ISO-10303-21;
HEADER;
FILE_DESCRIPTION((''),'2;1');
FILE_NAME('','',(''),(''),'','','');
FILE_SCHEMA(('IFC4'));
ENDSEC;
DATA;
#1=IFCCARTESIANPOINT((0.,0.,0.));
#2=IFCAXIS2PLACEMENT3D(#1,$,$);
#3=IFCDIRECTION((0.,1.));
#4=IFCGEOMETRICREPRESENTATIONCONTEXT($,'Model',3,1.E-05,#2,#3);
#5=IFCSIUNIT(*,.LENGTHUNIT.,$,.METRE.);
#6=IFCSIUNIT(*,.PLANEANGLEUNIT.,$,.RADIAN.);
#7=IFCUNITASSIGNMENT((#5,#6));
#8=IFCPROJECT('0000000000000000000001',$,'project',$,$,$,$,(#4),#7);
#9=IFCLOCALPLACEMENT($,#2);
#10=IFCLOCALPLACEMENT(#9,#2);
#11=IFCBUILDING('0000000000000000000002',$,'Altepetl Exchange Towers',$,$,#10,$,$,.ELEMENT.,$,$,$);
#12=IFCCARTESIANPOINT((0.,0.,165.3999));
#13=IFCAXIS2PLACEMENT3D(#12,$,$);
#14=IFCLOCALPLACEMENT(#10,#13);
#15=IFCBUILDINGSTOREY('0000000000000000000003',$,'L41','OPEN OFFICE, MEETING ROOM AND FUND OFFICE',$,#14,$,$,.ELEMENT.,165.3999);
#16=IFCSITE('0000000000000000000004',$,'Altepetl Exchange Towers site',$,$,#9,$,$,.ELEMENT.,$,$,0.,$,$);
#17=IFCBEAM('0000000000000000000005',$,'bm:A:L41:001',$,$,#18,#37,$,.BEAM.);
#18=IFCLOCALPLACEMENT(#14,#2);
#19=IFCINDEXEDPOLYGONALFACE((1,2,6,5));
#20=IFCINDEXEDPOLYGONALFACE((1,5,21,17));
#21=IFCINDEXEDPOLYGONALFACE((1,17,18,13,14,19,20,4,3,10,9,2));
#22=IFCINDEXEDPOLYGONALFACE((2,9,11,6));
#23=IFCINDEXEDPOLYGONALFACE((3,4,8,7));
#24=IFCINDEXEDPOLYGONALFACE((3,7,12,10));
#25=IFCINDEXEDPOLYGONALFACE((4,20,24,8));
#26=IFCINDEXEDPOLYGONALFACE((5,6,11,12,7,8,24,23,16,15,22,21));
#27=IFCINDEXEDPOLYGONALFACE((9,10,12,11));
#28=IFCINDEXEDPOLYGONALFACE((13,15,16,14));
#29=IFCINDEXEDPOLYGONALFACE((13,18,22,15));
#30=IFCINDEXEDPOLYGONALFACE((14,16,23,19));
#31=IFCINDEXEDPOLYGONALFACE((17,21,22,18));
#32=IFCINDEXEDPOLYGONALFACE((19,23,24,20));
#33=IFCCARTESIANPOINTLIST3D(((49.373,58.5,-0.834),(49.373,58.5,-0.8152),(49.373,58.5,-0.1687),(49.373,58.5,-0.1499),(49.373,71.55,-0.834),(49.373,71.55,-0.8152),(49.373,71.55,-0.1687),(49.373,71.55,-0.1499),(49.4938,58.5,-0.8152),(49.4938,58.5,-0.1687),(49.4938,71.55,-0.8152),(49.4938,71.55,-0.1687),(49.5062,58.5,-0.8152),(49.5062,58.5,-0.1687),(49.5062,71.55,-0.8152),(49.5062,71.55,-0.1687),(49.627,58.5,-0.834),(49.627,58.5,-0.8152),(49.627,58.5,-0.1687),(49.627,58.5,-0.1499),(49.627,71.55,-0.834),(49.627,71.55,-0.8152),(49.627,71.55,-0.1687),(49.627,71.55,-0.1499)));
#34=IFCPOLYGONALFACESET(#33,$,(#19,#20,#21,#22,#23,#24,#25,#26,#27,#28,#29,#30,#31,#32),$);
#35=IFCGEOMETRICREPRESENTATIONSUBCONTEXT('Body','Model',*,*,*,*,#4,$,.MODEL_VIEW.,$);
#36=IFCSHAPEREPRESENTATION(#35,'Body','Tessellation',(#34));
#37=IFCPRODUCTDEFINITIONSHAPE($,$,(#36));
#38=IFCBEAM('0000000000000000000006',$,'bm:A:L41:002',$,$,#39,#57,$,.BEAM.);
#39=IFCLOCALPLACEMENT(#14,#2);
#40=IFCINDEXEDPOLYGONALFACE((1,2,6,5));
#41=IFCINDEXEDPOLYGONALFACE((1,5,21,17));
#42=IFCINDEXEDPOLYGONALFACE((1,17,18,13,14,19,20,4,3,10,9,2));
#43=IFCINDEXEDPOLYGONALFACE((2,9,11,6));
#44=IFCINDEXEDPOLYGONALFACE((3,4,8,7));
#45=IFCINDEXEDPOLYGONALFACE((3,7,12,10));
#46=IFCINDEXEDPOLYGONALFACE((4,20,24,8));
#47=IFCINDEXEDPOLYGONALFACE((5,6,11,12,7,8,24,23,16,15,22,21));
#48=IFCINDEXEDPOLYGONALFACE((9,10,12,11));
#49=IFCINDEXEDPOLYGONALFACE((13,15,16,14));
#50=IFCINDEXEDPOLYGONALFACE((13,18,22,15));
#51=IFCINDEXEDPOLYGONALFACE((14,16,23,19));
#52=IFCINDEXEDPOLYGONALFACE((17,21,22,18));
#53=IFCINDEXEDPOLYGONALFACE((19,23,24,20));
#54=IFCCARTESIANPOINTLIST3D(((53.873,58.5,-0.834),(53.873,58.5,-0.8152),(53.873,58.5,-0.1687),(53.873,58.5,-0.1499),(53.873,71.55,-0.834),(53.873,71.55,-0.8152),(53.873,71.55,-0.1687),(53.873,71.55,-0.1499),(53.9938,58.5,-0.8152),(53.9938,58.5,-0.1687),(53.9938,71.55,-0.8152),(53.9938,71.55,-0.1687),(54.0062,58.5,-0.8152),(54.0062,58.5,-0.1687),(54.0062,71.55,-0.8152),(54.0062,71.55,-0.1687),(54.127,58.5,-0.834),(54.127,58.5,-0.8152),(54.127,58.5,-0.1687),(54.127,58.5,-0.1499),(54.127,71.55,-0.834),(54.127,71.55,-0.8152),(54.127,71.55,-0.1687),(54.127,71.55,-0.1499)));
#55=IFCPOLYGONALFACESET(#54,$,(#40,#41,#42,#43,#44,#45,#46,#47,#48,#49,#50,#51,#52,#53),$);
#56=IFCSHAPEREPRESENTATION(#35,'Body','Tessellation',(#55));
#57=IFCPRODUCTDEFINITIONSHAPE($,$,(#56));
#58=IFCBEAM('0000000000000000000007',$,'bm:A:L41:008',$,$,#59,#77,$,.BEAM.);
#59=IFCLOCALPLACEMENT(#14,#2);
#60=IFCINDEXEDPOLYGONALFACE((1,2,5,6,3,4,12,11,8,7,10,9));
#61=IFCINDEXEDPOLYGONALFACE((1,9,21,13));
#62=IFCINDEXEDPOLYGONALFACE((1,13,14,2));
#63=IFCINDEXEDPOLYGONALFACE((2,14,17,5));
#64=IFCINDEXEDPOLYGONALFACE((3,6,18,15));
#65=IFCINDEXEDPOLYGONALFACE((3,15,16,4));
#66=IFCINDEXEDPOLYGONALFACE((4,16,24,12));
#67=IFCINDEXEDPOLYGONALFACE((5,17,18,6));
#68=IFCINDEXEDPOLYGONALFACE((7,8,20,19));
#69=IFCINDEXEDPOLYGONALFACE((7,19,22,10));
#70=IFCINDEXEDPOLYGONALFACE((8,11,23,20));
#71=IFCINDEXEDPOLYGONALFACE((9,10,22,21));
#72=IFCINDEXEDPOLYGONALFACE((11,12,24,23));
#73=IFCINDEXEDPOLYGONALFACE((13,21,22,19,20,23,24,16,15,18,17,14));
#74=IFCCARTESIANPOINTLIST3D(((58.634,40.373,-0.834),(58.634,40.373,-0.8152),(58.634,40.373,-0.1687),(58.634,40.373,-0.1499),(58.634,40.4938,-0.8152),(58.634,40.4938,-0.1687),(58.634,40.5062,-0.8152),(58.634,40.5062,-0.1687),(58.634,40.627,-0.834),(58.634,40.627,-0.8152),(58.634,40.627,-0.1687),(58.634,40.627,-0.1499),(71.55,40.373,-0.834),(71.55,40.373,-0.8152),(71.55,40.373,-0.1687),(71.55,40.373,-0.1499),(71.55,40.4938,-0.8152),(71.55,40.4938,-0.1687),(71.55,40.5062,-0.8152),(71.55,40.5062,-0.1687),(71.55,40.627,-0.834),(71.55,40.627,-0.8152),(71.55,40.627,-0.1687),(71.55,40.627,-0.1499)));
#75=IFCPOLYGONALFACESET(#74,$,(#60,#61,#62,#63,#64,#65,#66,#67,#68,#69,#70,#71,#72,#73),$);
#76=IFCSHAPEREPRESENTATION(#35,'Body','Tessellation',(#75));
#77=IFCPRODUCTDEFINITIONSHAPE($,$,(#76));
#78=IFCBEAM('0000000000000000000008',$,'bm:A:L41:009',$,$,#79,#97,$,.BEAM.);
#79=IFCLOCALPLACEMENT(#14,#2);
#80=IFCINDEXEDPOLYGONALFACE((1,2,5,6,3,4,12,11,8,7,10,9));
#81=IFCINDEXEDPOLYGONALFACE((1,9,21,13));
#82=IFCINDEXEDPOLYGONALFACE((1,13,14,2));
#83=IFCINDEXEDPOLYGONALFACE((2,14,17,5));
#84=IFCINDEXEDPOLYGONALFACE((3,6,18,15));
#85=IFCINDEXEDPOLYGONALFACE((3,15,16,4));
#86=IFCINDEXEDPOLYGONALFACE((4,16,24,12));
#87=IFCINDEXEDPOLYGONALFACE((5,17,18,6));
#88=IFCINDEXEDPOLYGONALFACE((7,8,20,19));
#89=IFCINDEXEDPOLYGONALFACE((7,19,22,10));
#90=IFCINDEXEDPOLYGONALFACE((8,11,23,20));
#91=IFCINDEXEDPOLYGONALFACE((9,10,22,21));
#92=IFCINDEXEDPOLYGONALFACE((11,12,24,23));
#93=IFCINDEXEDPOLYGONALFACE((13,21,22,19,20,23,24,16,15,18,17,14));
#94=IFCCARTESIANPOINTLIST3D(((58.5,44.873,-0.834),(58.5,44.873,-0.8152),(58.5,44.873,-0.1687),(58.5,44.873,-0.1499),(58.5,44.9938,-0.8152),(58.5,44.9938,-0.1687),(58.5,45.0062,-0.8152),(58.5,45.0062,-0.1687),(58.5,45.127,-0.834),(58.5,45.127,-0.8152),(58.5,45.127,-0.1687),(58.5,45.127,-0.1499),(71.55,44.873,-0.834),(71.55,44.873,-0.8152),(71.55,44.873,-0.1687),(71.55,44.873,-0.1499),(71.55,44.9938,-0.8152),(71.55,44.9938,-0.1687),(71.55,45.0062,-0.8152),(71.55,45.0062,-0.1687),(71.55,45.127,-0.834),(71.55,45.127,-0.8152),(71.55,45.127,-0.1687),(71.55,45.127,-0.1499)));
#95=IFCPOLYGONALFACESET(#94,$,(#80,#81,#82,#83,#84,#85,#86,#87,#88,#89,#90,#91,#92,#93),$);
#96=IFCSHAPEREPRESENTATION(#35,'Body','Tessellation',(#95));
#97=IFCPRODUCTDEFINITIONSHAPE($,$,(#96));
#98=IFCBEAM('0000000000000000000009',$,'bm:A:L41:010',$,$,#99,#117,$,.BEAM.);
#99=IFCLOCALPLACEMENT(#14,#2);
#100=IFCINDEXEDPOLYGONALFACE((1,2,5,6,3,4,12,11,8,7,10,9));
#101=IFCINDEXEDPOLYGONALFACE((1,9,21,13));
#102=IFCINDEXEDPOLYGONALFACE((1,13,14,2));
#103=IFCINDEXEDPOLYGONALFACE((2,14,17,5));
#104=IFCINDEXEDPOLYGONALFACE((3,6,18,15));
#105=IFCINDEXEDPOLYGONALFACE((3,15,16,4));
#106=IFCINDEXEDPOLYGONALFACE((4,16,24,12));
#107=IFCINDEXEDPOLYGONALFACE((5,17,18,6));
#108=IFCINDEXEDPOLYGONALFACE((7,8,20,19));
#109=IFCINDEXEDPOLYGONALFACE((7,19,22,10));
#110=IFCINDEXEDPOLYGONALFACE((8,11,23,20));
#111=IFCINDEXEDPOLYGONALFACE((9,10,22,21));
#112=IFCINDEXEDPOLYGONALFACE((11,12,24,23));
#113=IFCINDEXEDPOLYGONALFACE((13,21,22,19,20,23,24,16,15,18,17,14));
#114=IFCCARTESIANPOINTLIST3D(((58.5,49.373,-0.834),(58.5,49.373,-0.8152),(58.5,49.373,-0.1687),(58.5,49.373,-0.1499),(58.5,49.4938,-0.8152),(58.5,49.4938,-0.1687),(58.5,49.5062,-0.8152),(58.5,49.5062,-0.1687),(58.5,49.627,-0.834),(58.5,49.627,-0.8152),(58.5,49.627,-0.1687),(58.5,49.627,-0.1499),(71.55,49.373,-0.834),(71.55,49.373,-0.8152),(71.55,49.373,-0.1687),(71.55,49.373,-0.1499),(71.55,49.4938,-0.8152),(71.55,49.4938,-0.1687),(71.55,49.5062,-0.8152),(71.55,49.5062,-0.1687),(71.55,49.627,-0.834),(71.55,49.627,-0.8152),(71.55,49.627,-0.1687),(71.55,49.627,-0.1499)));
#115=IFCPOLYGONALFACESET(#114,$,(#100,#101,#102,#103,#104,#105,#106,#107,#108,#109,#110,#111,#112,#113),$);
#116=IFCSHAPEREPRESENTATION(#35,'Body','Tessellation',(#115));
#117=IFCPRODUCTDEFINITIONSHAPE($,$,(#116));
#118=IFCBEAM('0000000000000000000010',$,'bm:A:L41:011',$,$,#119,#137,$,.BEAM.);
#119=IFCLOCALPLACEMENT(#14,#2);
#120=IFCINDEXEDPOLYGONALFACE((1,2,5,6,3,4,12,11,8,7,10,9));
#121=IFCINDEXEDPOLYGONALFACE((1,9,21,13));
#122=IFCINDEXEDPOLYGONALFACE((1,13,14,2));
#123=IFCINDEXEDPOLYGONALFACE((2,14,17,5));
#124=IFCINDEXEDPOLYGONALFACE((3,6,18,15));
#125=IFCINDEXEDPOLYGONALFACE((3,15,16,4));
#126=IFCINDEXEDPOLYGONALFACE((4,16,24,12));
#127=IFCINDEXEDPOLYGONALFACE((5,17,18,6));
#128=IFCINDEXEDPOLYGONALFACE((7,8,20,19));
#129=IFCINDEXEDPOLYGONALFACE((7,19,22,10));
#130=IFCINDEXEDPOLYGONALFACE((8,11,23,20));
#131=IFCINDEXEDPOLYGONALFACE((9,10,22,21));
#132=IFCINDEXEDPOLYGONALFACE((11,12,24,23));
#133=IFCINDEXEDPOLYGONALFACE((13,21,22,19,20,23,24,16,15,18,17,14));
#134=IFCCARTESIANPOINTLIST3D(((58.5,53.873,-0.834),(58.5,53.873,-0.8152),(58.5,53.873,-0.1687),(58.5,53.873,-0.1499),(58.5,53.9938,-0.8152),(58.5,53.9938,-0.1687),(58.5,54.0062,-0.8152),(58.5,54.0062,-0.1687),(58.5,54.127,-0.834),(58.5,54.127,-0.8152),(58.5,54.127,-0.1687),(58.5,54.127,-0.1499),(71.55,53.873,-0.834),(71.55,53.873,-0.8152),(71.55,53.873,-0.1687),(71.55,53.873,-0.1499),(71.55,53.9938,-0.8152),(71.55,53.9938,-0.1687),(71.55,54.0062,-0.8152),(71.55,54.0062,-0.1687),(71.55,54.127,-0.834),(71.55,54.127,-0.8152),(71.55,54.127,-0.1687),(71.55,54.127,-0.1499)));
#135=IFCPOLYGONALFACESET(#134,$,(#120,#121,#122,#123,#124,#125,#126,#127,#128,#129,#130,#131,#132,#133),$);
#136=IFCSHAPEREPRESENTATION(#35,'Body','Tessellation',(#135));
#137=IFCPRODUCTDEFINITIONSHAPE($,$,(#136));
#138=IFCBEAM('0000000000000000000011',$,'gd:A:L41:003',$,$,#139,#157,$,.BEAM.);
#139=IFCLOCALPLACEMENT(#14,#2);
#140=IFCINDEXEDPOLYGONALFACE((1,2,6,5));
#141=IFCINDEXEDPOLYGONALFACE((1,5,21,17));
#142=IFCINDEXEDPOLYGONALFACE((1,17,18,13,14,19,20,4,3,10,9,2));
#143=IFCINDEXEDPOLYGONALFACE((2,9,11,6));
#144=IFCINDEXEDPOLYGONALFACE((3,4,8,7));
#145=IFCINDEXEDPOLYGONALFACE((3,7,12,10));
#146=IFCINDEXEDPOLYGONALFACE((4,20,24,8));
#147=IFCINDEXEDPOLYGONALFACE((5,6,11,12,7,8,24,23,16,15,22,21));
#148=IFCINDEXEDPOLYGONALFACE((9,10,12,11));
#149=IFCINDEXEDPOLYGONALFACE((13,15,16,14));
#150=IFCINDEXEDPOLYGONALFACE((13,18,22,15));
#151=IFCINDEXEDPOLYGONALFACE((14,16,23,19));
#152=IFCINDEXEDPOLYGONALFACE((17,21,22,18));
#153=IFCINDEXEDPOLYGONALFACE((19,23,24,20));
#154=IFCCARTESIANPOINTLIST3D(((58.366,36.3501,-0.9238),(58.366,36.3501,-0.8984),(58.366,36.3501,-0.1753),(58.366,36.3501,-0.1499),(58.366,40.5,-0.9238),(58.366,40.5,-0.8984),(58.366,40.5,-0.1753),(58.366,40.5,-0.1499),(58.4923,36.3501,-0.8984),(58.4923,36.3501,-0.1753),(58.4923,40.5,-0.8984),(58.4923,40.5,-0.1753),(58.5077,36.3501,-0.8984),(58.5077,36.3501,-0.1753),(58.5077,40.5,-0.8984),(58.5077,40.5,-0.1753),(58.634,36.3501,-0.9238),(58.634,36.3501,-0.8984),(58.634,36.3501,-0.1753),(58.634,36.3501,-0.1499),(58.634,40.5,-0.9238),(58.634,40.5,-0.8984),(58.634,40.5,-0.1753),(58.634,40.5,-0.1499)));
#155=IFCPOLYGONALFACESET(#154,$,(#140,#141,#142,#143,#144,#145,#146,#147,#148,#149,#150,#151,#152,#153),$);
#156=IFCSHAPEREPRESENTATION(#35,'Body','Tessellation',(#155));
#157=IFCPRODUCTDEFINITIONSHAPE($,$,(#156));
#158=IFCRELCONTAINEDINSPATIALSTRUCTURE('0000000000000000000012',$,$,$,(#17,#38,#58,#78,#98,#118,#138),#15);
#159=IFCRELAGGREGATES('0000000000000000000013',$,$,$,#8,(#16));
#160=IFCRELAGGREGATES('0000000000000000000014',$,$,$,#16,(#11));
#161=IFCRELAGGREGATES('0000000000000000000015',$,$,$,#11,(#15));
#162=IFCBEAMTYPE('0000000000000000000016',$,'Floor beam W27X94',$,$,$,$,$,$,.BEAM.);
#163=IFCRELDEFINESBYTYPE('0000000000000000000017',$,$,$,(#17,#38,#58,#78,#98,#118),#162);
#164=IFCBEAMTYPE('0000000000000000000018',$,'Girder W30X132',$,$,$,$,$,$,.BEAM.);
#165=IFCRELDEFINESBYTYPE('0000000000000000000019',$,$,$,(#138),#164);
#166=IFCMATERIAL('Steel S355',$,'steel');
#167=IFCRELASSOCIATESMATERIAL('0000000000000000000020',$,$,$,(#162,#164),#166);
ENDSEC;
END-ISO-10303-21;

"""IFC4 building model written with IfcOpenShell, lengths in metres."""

from ifc_helpers import new_model, si_unit, direction, frame, origin, origin_2d, place, context, subcontext, project, spatial, i_section, extrude, material, material_profile, profile_set, type_object, element, save


model = new_model("IFC4")

# Units and contexts
model_context = context("Model", 3, precision=1e-05, world=origin(), true_north=direction((0.0, 1.0)))
body_context = subcontext(model_context, "Body", "Model", "MODEL_VIEW")
ifc_project = project(units=[si_unit("LENGTHUNIT", "METRE"), si_unit("PLANEANGLEUNIT", "RADIAN")], contexts=[model_context])

# Site, building, storey
site_placement = place(None, origin())
site = spatial("IfcSite", under=ifc_project, at=site_placement, Name="Altepetl Exchange Towers site", CompositionType="ELEMENT", RefElevation=0.0)
building_placement = place(site_placement, origin())
building = spatial("IfcBuilding", under=site, at=building_placement, Name="Altepetl Exchange Towers", CompositionType="ELEMENT")
storey_placement = place(building_placement, frame((0.0, 0.0, 165.3999)))
storey = spatial("IfcBuildingStorey", under=building, at=storey_placement, Name="L41", Description="OPEN OFFICE, MEETING ROOM AND FUND OFFICE", CompositionType="ELEMENT", Elevation=165.3999)

# Beams
ifc_material_1 = material(Name="Steel S355", Category="steel")
ifc_material_profile_1 = material_profile(ifc_material_1, i_section(OverallWidth=0.2539, OverallDepth=0.6841, WebThickness=0.0125, FlangeThickness=0.0188, at=origin_2d()), Name="W27X94")
ifc_profile_set_1 = profile_set([ifc_material_profile_1], Name="Steel S355")
beam_type_1 = type_object("IfcBeamType", Name="Floor beam W27X94", PredefinedType="BEAM", material=ifc_profile_set_1)
for number, where, z_axis, x_axis, name in (
    (1, (49.5, 58.5, -0.4919), (0.0, 1.0, 0.0), (-1.0, 0.0, 0.0), "bm:A:L41:001"),
    (2, (54.0, 58.5, -0.4919), (0.0, 1.0, 0.0), (-1.0, 0.0, 0.0), "bm:A:L41:002"),
):
    element("IfcBeam", number, at=place(storey_placement, frame(where, z_axis=z_axis, x_axis=x_axis)), inside=storey, type_object=beam_type_1, Name=name, PredefinedType="BEAM", context=body_context, shape_type="SweptSolid", body=[
        extrude(i_section(OverallWidth=0.2539, OverallDepth=0.6841, WebThickness=0.0125, FlangeThickness=0.0188, at=origin_2d()), origin(), (0.0, 0.0, 1.0), 13.05),
    ])
beam_1_placement = place(storey_placement, frame((58.634, 40.5, -0.4919), z_axis=(1.0, 0.0, 0.0), x_axis=(0.0, 1.0, 0.0)))
element("IfcBeam", 3, at=beam_1_placement, inside=storey, type_object=beam_type_1, Name="bm:A:L41:008", PredefinedType="BEAM", context=body_context, shape_type="SweptSolid", body=[
    extrude(i_section(OverallWidth=0.2539, OverallDepth=0.6841, WebThickness=0.0125, FlangeThickness=0.0188, at=origin_2d()), origin(), (0.0, 0.0, 1.0), 12.916),
])
for number, where, z_axis, x_axis, name in (
    (4, (58.5, 45.0, -0.4919), (1.0, 0.0, 0.0), (0.0, 1.0, 0.0), "bm:A:L41:009"),
    (5, (58.5, 49.5, -0.4919), (1.0, 0.0, 0.0), (0.0, 1.0, 0.0), "bm:A:L41:010"),
    (6, (58.5, 54.0, -0.4919), (1.0, 0.0, 0.0), (0.0, 1.0, 0.0), "bm:A:L41:011"),
):
    element("IfcBeam", number, at=place(storey_placement, frame(where, z_axis=z_axis, x_axis=x_axis)), inside=storey, type_object=beam_type_1, Name=name, PredefinedType="BEAM", context=body_context, shape_type="SweptSolid", body=[
        extrude(i_section(OverallWidth=0.2539, OverallDepth=0.6841, WebThickness=0.0125, FlangeThickness=0.0188, at=origin_2d()), origin(), (0.0, 0.0, 1.0), 13.05),
    ])
ifc_material_profile_2 = material_profile(ifc_material_1, i_section(OverallWidth=0.2681, OverallDepth=0.7739, WebThickness=0.0154, FlangeThickness=0.0254, at=origin_2d()), Name="W30X132")
ifc_profile_set_2 = profile_set([ifc_material_profile_2], Name="Steel S355")
beam_type_2 = type_object("IfcBeamType", Name="Girder W30X132", PredefinedType="BEAM", material=ifc_profile_set_2)
beam_2_placement = place(storey_placement, frame((58.5, 40.5, -0.5369), z_axis=(0.0, -1.0, 0.0), x_axis=(1.0, 0.0, 0.0)))
element("IfcBeam", 7, at=beam_2_placement, inside=storey, type_object=beam_type_2, Name="gd:A:L41:003", PredefinedType="BEAM", context=body_context, shape_type="SweptSolid", body=[
    extrude(i_section(OverallWidth=0.2681, OverallDepth=0.7739, WebThickness=0.0154, FlangeThickness=0.0254, at=origin_2d()), origin(), (0.0, 0.0, 1.0), 4.1499),
])

save(model, "model.ifc")
